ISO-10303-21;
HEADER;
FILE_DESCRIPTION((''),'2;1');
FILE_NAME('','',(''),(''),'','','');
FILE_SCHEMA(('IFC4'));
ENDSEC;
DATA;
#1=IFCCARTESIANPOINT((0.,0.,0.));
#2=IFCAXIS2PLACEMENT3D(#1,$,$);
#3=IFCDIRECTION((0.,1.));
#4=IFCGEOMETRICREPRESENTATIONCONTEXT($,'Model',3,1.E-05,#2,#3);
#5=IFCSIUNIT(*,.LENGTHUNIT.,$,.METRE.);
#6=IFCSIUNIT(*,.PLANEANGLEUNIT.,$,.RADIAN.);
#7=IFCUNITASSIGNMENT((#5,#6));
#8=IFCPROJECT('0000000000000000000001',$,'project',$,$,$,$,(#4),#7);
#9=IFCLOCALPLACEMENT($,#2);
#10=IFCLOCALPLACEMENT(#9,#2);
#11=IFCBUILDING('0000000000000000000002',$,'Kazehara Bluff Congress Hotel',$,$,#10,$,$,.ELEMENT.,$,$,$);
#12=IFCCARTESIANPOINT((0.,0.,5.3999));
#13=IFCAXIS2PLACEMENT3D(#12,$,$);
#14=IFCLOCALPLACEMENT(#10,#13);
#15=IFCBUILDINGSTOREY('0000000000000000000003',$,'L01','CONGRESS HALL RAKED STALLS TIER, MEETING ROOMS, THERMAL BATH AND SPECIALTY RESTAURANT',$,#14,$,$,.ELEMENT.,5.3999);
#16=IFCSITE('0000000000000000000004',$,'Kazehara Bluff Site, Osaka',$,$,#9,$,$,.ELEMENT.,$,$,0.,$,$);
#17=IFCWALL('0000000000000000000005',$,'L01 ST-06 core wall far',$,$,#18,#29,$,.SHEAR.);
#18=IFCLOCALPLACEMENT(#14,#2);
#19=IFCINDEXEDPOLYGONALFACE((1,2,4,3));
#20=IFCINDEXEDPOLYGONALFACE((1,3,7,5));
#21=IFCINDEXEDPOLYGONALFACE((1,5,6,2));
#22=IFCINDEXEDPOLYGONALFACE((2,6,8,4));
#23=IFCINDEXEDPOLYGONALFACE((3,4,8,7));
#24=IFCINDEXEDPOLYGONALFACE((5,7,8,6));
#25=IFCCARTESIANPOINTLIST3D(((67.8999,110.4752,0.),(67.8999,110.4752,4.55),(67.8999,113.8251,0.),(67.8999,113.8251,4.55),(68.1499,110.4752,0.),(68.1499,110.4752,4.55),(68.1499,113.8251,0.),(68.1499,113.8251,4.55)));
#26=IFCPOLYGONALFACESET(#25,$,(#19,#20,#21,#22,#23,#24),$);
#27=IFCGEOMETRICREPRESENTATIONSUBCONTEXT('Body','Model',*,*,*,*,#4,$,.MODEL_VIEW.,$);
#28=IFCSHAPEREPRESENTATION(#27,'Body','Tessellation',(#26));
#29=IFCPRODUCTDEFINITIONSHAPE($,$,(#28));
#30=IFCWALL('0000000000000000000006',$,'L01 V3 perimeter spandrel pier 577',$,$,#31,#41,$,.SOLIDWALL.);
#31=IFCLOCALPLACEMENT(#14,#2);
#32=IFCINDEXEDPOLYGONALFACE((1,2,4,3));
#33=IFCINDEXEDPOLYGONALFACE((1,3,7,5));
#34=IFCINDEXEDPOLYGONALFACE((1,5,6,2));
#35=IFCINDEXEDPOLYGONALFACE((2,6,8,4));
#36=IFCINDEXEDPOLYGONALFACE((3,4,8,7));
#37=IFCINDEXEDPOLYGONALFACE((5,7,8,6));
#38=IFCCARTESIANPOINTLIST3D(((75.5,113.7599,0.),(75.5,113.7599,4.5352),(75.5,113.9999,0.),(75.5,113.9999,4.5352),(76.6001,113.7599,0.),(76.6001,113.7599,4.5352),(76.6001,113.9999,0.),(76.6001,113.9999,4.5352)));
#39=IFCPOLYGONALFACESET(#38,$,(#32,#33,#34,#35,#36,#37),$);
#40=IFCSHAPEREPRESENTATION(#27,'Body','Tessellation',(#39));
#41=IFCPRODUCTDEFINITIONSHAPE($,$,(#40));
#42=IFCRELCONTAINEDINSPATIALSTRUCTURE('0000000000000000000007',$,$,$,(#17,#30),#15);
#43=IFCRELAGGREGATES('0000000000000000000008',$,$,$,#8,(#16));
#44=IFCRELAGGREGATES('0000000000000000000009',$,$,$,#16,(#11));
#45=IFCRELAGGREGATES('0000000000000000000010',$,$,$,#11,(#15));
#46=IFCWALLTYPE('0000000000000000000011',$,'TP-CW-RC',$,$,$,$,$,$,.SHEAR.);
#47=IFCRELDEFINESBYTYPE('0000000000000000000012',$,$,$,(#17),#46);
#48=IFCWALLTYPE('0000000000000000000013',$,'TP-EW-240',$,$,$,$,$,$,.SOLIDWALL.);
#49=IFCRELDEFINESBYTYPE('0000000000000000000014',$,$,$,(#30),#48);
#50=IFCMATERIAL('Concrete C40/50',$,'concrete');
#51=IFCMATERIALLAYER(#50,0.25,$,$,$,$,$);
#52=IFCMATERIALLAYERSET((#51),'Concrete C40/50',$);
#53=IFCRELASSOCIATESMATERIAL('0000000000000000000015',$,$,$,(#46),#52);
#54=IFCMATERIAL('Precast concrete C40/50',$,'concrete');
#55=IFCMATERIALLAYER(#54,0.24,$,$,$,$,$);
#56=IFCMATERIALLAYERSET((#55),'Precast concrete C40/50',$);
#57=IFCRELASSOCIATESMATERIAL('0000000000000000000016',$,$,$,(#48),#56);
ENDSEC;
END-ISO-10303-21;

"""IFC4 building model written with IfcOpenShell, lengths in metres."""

from ifc_helpers import new_model, si_unit, direction, frame, frame_2d, origin, place, context, subcontext, project, spatial, rectangle, extrude, material, layer, layer_set, type_object, element, save


model = new_model("IFC4")

# Units and contexts
model_context = context("Model", 3, precision=1e-05, world=origin(), true_north=direction((0.0, 1.0)))
body_context = subcontext(model_context, "Body", "Model", "MODEL_VIEW")
ifc_project = project(units=[si_unit("LENGTHUNIT", "METRE"), si_unit("PLANEANGLEUNIT", "RADIAN")], contexts=[model_context])

# Site, building, storey
site_placement = place(None, origin())
site = spatial("IfcSite", under=ifc_project, at=site_placement, Name="Kazehara Bluff Site, Osaka", CompositionType="ELEMENT", RefElevation=0.0)
building_placement = place(site_placement, origin())
building = spatial("IfcBuilding", under=site, at=building_placement, Name="Kazehara Bluff Congress Hotel", CompositionType="ELEMENT")
storey_placement = place(building_placement, frame((0.0, 0.0, 5.3999)))
storey = spatial("IfcBuildingStorey", under=building, at=storey_placement, Name="L01", Description="CONGRESS HALL RAKED STALLS TIER, MEETING ROOMS, THERMAL BATH AND SPECIALTY RESTAURANT", CompositionType="ELEMENT", Elevation=5.3999)

# Walls
ifc_material_1 = material(Name="Concrete C40/50", Category="concrete")
ifc_layer_1 = layer(ifc_material_1, 0.25)
ifc_layer_set_1 = layer_set([ifc_layer_1], Name="Concrete C40/50")
wall_type_1 = type_object("IfcWallType", Name="TP-CW-RC", PredefinedType="SHEAR", material=ifc_layer_set_1)
wall_1_placement = place(storey_placement, frame((68.0249, 113.825, 0.0), z_axis=(0.0, 0.0, 1.0), x_axis=(0.0, -1.0, 0.0)))
element("IfcWall", 1, at=wall_1_placement, inside=storey, type_object=wall_type_1, Name="L01 ST-06 core wall far", PredefinedType="SHEAR", context=body_context, shape_type="SweptSolid", body=[
    extrude(rectangle(XDim=3.3499, YDim=0.25, at=frame_2d((1.6748, 0.0))), origin(), (0.0, 0.0, 1.0), 4.55),
])
ifc_material_2 = material(Name="Precast concrete C40/50", Category="concrete")
ifc_layer_2 = layer(ifc_material_2, 0.24)
ifc_layer_set_2 = layer_set([ifc_layer_2], Name="Precast concrete C40/50")
wall_type_2 = type_object("IfcWallType", Name="TP-EW-240", PredefinedType="SOLIDWALL", material=ifc_layer_set_2)
wall_2_placement = place(storey_placement, frame((75.5, 113.8799, 0.0), z_axis=(0.0, 0.0, 1.0), x_axis=(1.0, 0.0, 0.0)))
element("IfcWall", 2, at=wall_2_placement, inside=storey, type_object=wall_type_2, Name="L01 V3 perimeter spandrel pier 577", PredefinedType="SOLIDWALL", context=body_context, shape_type="SweptSolid", body=[
    extrude(rectangle(XDim=1.1001, YDim=0.24, at=frame_2d((0.55, 0.0))), origin(), (0.0, 0.0, 1.0), 4.5352),
])

save(model, "model.ifc")
